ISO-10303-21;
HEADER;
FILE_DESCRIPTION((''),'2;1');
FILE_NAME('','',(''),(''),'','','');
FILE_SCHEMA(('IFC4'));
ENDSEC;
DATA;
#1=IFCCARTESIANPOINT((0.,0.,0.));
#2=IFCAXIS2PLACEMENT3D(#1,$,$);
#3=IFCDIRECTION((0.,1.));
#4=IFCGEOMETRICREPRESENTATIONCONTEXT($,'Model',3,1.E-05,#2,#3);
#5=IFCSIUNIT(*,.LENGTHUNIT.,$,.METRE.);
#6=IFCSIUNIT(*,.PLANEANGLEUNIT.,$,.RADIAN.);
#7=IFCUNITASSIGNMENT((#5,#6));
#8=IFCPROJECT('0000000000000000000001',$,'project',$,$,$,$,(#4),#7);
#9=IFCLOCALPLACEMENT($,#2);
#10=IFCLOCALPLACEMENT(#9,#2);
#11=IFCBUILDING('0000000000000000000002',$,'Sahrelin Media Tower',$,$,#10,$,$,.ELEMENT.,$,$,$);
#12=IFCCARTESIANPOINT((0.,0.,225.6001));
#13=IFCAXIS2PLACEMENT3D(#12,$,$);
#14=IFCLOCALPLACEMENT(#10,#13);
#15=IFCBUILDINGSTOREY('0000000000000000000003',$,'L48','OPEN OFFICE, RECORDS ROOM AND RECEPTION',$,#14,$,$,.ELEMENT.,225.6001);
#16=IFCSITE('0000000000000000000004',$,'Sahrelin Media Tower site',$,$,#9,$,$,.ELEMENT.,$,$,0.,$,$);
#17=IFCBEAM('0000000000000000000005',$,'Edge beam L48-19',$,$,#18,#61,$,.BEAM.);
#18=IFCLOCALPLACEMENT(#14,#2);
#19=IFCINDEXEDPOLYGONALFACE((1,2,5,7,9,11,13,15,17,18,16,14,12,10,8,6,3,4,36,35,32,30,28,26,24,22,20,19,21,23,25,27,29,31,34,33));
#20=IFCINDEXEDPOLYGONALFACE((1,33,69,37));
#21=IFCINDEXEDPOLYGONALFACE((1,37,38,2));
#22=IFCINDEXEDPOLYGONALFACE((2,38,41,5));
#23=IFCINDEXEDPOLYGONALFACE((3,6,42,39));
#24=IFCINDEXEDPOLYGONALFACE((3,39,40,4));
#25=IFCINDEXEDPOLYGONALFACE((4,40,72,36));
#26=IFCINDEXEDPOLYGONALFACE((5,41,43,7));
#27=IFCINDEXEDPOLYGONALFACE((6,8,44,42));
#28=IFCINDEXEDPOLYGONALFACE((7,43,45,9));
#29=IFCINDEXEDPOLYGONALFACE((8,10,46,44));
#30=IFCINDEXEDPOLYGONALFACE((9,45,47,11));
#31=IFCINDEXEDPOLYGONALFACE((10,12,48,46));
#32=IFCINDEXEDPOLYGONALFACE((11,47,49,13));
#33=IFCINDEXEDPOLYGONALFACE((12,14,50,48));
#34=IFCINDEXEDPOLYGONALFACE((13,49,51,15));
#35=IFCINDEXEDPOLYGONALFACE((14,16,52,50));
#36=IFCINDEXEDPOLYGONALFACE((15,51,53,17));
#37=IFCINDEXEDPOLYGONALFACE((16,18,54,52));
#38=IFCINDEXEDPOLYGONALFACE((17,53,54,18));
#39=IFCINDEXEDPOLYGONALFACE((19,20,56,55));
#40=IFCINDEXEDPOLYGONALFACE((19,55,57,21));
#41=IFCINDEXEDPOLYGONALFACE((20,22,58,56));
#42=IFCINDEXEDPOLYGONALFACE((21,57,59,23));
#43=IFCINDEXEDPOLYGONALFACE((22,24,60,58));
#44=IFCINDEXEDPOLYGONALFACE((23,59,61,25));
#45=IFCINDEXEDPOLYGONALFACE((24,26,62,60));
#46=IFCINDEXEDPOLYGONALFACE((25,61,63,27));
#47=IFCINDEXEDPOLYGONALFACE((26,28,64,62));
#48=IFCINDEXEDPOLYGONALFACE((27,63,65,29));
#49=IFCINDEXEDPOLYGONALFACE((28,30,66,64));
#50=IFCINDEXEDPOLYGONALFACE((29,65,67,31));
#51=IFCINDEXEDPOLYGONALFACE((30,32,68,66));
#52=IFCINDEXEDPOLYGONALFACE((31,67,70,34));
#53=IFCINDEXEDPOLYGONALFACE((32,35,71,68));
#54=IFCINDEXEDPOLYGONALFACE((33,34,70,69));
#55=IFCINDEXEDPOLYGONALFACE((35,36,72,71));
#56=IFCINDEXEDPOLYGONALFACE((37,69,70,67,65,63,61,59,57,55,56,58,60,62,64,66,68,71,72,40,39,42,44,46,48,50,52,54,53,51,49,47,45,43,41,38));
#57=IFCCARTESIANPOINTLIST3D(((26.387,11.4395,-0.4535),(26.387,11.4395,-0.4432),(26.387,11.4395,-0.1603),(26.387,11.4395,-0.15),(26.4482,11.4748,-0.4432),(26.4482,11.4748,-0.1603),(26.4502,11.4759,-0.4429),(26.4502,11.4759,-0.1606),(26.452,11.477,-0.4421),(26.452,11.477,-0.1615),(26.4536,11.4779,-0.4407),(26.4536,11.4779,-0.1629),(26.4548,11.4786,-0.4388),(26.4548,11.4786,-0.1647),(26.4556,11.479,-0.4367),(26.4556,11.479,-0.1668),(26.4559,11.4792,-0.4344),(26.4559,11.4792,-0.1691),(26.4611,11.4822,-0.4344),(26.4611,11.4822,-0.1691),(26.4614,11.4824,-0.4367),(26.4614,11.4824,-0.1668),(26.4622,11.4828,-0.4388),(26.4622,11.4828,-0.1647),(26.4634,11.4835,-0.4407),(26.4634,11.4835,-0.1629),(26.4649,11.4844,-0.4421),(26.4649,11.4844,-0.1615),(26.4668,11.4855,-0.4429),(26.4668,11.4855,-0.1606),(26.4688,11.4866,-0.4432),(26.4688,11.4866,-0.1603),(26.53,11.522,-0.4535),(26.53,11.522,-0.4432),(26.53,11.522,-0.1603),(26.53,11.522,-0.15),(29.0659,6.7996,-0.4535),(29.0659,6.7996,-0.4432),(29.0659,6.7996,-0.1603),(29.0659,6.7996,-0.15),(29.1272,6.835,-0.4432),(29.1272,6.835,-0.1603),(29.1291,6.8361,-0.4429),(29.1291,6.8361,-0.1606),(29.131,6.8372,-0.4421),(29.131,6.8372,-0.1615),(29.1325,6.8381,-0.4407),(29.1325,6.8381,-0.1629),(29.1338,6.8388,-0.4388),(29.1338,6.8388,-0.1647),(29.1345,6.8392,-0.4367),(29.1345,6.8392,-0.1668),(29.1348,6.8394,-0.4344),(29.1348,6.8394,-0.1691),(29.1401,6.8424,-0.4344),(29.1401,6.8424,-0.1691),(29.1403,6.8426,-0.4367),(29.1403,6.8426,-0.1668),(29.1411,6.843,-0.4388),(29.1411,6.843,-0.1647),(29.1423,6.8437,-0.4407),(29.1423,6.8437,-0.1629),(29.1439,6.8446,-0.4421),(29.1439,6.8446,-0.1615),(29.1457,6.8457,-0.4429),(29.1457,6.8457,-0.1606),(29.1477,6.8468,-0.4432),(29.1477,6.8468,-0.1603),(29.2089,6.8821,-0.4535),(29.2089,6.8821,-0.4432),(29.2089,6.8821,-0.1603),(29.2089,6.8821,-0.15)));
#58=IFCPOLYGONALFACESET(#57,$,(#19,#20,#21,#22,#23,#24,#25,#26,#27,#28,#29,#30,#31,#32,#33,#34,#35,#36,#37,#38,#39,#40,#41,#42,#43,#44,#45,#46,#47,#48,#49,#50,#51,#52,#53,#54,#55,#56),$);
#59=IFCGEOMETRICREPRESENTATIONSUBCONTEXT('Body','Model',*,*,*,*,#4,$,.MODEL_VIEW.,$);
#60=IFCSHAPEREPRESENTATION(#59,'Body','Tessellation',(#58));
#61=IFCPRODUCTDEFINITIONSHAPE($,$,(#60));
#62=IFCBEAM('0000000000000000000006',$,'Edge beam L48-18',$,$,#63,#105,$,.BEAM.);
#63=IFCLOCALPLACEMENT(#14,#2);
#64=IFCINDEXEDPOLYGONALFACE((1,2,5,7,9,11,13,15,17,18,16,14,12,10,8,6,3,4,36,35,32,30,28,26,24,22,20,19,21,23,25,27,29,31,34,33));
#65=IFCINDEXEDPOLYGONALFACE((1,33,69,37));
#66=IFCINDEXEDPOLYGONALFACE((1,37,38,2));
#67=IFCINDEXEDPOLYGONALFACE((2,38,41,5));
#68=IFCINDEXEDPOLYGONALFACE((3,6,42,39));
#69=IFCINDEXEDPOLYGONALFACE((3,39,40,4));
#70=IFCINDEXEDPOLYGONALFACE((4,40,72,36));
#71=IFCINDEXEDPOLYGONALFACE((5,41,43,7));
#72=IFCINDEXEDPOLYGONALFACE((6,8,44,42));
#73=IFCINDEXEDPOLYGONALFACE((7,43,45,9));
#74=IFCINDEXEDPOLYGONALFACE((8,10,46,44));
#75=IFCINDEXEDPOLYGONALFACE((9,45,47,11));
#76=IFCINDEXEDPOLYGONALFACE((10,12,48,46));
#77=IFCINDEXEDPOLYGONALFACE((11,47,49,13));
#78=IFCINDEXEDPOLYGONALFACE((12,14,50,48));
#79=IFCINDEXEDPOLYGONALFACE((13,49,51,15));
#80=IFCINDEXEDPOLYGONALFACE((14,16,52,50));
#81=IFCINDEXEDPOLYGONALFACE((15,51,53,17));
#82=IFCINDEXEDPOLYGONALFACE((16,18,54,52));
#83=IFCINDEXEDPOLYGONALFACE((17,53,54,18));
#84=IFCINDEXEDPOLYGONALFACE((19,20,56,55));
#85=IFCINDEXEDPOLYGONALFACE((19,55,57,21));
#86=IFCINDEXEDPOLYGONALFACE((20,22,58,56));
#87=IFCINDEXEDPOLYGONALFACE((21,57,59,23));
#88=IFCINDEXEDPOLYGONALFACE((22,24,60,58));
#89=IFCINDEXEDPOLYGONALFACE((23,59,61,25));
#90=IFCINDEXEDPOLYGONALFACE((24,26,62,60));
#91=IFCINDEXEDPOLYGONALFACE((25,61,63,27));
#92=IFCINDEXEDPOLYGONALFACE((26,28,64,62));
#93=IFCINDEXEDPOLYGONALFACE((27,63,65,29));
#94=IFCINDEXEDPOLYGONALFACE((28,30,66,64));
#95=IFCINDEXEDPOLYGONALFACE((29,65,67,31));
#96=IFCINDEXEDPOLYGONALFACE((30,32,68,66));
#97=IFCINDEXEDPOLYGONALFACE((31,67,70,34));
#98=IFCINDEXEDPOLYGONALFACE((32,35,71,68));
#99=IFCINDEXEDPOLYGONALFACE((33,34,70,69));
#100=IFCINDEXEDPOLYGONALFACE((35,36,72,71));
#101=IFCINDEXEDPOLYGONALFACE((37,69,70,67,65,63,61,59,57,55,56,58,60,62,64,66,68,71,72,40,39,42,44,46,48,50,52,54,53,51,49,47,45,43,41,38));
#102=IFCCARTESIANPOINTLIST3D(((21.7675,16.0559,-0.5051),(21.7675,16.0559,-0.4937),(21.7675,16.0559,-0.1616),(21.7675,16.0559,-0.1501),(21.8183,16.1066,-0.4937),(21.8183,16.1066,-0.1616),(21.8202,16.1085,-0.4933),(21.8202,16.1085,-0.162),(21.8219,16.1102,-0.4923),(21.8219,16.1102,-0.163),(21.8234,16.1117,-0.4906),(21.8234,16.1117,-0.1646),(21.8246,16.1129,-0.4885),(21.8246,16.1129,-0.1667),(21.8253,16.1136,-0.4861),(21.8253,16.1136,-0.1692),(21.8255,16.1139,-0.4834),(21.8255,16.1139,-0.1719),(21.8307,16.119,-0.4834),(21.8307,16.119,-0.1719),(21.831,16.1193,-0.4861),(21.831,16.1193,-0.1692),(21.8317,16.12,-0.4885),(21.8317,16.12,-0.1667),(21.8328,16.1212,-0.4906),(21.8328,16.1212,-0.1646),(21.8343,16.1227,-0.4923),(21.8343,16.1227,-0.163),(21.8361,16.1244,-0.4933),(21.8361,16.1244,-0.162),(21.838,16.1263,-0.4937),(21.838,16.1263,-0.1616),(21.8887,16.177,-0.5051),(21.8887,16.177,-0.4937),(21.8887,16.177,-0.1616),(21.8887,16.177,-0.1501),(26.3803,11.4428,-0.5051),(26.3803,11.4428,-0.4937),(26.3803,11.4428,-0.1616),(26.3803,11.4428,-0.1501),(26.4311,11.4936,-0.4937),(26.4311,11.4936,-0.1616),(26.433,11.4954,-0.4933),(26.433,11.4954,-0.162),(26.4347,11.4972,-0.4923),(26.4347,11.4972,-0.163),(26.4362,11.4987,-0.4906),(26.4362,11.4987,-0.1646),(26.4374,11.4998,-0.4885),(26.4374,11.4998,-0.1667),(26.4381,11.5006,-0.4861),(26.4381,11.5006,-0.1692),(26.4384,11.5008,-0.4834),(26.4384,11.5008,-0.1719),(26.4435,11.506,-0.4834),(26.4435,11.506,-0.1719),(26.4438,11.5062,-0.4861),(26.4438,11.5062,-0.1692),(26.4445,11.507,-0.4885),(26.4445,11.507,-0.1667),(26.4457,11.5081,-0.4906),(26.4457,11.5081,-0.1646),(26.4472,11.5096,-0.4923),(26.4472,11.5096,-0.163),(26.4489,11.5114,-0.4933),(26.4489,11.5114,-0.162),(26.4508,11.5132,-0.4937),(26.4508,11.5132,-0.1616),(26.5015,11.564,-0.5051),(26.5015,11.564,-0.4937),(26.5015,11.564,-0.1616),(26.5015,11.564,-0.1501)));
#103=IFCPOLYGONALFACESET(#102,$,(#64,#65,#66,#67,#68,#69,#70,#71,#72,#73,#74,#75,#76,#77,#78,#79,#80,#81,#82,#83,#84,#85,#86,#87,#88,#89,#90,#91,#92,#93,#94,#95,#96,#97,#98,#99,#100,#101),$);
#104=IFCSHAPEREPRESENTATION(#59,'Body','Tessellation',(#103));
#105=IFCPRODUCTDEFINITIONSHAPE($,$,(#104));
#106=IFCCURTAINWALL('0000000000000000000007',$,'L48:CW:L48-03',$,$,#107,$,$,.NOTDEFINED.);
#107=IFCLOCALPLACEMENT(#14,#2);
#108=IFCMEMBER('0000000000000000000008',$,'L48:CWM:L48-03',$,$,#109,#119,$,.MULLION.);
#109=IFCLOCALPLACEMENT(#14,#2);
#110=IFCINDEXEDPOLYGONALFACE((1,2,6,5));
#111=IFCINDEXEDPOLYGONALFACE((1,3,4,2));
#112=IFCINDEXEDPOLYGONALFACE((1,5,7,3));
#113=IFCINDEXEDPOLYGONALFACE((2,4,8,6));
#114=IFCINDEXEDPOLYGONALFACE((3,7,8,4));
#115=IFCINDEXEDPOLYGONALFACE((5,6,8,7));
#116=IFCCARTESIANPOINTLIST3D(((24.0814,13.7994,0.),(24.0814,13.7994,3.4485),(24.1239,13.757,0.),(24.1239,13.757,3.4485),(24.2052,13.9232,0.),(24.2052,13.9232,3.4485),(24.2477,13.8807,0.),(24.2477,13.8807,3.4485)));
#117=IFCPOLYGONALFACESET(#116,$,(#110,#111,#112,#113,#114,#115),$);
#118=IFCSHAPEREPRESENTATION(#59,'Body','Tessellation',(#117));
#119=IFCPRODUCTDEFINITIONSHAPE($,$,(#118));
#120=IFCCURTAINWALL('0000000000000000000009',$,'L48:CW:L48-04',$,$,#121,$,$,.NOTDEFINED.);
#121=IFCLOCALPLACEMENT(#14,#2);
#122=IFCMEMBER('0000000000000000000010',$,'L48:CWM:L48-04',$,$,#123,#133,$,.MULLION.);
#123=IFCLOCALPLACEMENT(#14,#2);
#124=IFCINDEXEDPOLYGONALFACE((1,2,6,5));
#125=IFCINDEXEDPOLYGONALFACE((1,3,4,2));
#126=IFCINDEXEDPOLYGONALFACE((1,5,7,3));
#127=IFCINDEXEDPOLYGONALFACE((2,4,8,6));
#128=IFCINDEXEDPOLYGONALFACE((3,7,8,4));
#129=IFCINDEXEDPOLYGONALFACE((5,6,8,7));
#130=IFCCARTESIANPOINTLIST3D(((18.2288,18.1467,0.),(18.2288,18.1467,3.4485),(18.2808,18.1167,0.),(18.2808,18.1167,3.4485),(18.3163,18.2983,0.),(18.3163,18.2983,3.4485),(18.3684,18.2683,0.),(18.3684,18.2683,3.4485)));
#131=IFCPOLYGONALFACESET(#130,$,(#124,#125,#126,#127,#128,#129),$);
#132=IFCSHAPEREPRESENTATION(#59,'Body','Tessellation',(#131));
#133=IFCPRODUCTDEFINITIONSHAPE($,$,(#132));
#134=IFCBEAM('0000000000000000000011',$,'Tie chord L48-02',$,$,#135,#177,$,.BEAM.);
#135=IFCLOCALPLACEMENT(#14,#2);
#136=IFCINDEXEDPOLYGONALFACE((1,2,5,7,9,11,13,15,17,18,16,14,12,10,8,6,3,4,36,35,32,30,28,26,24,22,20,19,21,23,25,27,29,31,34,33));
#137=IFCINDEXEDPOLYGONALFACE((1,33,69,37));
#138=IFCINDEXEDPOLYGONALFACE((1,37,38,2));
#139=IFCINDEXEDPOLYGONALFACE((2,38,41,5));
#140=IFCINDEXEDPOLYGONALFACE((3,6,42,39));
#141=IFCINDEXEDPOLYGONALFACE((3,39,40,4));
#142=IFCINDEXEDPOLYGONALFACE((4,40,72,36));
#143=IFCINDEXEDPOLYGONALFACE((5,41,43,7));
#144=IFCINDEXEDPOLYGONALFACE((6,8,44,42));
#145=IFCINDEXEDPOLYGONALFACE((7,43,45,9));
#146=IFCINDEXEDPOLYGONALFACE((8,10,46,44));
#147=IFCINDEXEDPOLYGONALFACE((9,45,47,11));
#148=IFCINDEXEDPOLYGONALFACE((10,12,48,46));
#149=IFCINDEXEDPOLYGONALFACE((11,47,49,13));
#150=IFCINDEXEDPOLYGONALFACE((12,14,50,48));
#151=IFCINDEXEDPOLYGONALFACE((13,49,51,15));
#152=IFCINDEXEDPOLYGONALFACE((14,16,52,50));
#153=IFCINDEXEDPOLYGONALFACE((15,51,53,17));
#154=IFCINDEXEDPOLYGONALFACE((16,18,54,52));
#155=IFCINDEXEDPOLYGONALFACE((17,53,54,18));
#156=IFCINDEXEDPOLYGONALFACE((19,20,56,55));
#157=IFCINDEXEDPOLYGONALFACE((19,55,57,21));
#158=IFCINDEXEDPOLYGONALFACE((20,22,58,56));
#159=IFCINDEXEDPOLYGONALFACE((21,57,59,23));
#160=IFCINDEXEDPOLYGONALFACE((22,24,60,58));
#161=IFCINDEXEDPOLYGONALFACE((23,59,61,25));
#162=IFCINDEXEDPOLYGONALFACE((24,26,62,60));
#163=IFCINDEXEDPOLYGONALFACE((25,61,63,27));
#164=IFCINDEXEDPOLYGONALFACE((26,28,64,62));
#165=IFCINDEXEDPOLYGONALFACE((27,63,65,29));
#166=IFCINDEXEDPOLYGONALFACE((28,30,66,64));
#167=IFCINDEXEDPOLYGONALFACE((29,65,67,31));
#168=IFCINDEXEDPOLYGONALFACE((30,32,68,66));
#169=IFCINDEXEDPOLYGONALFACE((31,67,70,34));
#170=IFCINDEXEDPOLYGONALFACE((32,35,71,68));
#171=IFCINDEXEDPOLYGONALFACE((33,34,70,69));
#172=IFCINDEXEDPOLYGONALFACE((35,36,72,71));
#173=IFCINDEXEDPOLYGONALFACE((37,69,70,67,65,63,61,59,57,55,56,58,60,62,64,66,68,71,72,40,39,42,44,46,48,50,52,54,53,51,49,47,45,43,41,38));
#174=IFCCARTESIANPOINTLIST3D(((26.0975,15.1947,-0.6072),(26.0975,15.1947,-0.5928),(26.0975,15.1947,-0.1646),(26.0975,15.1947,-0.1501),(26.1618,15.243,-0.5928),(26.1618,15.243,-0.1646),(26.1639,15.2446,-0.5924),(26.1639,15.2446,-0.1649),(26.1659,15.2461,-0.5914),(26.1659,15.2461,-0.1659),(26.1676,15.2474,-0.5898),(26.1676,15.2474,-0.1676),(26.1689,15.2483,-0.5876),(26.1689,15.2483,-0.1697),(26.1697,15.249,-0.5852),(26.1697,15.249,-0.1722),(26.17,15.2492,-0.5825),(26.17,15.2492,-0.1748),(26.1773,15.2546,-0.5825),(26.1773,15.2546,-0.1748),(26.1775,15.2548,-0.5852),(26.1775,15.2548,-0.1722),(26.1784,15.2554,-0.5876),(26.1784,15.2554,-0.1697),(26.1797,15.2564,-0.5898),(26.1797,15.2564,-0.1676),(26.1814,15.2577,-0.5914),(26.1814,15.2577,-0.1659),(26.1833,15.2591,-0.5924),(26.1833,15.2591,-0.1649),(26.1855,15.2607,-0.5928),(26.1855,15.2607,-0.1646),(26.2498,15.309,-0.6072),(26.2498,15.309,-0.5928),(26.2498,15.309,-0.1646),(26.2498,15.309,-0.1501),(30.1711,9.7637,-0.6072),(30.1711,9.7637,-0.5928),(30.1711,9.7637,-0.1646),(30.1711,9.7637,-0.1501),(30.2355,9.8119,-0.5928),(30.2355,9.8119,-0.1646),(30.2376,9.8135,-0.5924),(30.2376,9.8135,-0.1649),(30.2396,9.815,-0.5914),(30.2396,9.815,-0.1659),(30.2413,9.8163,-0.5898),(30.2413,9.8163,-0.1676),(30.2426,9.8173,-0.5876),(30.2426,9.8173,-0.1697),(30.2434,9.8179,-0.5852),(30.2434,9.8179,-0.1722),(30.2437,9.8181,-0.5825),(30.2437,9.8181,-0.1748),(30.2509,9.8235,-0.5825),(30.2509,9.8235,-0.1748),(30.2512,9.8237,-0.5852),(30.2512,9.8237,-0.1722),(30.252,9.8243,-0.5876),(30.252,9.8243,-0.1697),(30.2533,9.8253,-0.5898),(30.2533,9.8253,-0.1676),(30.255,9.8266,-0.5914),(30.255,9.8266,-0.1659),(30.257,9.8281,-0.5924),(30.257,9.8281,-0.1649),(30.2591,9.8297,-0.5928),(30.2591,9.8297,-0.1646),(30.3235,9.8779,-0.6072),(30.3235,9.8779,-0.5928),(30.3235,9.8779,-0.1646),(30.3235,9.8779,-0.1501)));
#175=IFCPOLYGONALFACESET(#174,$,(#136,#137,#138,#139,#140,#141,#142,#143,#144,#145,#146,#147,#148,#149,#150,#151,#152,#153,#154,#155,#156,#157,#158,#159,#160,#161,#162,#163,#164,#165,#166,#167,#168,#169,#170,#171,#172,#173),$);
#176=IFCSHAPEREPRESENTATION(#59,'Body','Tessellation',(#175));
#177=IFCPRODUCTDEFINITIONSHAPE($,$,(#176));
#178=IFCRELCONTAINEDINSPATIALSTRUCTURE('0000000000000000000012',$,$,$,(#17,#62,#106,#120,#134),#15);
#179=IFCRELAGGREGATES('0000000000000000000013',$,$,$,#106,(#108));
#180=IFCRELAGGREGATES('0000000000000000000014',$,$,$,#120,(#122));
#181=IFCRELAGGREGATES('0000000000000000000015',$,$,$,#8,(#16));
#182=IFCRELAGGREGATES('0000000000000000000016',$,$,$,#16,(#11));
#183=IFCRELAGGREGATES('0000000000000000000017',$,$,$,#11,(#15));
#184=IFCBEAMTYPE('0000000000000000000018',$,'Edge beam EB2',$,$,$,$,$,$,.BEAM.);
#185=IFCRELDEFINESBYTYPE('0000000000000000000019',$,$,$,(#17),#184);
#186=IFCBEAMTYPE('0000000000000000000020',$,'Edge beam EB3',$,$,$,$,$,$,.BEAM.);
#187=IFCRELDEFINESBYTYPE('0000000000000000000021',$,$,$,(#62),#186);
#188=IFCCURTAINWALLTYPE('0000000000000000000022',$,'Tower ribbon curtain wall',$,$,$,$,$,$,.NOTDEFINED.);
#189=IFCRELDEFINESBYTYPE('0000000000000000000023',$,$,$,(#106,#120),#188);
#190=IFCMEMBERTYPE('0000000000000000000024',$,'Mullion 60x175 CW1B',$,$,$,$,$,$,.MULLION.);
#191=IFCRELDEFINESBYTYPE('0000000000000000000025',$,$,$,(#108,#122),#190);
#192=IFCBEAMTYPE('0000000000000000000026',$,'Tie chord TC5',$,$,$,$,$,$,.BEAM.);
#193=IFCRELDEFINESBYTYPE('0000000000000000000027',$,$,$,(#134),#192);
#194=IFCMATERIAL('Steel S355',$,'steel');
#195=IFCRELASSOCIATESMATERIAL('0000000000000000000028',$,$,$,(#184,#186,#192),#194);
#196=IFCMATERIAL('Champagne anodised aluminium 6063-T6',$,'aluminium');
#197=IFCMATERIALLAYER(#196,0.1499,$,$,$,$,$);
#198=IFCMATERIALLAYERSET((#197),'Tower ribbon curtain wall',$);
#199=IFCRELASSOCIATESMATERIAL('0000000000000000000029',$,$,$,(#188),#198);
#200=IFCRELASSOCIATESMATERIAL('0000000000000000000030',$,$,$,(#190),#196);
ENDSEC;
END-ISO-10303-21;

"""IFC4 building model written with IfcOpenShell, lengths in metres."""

from ifc_helpers import new_model, si_unit, direction, frame, origin, origin_2d, place, context, subcontext, project, spatial, rectangle, i_section, extrude, material, layer, layer_set, material_profile, profile_set, type_object, element, aggregate, save


model = new_model("IFC4")

# Units and contexts
model_context = context("Model", 3, precision=1e-05, world=origin(), true_north=direction((0.0, 1.0)))
body_context = subcontext(model_context, "Body", "Model", "MODEL_VIEW")
ifc_project = project(units=[si_unit("LENGTHUNIT", "METRE"), si_unit("PLANEANGLEUNIT", "RADIAN")], contexts=[model_context])

# Site, building, storey
site_placement = place(None, origin())
site = spatial("IfcSite", under=ifc_project, at=site_placement, Name="Sahrelin Media Tower site", CompositionType="ELEMENT", RefElevation=0.0)
building_placement = place(site_placement, origin())
building = spatial("IfcBuilding", under=site, at=building_placement, Name="Sahrelin Media Tower", CompositionType="ELEMENT")
storey_placement = place(building_placement, frame((0.0, 0.0, 225.6001)))
storey = spatial("IfcBuildingStorey", under=building, at=storey_placement, Name="L48", Description="OPEN OFFICE, RECORDS ROOM AND RECEPTION", CompositionType="ELEMENT", Elevation=225.6001)

# Beams
ifc_material_1 = material(Name="Steel S355", Category="steel")
ifc_material_profile_1 = material_profile(ifc_material_1, i_section(OverallWidth=0.165, OverallDepth=0.3035, WebThickness=0.0061, FlangeThickness=0.0103, FilletRadius=0.0088, at=origin_2d()), Name="UB 305x165x40")
ifc_profile_set_1 = profile_set([ifc_material_profile_1], Name="Steel S355")
beam_type_1 = type_object("IfcBeamType", Name="Edge beam EB2", PredefinedType="BEAM", material=ifc_profile_set_1)
beam_1_placement = place(storey_placement, frame((26.4585, 11.4807, -0.3018), z_axis=(0.500016, -0.866016, 0.0), x_axis=(0.866016, 0.500016, 0.0)))
element("IfcBeam", 1, at=beam_1_placement, inside=storey, type_object=beam_type_1, Name="Edge beam L48-19", PredefinedType="BEAM", context=body_context, shape_type="SweptSolid", body=[
    extrude(i_section(OverallWidth=0.165, OverallDepth=0.3035, WebThickness=0.0061, FlangeThickness=0.0103, FilletRadius=0.0088, at=origin_2d()), origin(), (0.0, 0.0, 1.0), 5.3577),
])
ifc_material_profile_2 = material_profile(ifc_material_1, i_section(OverallWidth=0.1714, OverallDepth=0.355, WebThickness=0.0073, FlangeThickness=0.0115, FilletRadius=0.0103, at=origin_2d()), Name="UB 356x171x51")
ifc_profile_set_2 = profile_set([ifc_material_profile_2], Name="Steel S355")
beam_type_2 = type_object("IfcBeamType", Name="Edge beam EB3", PredefinedType="BEAM", material=ifc_profile_set_2)
beam_2_placement = place(storey_placement, frame((21.8281, 16.1165, -0.3276), z_axis=(0.707088, -0.707125, 0.0), x_axis=(0.707125, 0.707088, 0.0)))
element("IfcBeam", 2, at=beam_2_placement, inside=storey, type_object=beam_type_2, Name="Edge beam L48-18", PredefinedType="BEAM", context=body_context, shape_type="SweptSolid", body=[
    extrude(i_section(OverallWidth=0.1714, OverallDepth=0.355, WebThickness=0.0073, FlangeThickness=0.0115, FilletRadius=0.0103, at=origin_2d()), origin(), (0.0, 0.0, 1.0), 6.5237),
])

# Curtain walls, members
ifc_material_2 = material(Name="Champagne anodised aluminium 6063-T6", Category="aluminium")
ifc_layer_1 = layer(ifc_material_2, 0.1499)
ifc_layer_set_1 = layer_set([ifc_layer_1], Name="Tower ribbon curtain wall")
curtain_wall_type = type_object("IfcCurtainWallType", Name="Tower ribbon curtain wall", PredefinedType="NOTDEFINED", material=ifc_layer_set_1)
curtain_wall_1_placement = place(storey_placement, frame((24.2405, 13.916, 0.0), z_axis=(0.0, 0.0, 1.0), x_axis=(1.0, 0.0, 0.0)))
curtain_wall_1 = element("IfcCurtainWall", 3, at=curtain_wall_1_placement, inside=storey, type_object=curtain_wall_type, Name="L48:CW:L48-03", PredefinedType="NOTDEFINED")
ifc_material_profile_3 = material_profile(ifc_material_2, rectangle(XDim=0.0601, YDim=0.175, at=origin_2d()), Name="Mullion 60x175")
ifc_profile_set_3 = profile_set([ifc_material_profile_3], Name="Champagne anodised aluminium 6063-T6")
member_type_1 = type_object("IfcMemberType", Name="Mullion 60x175 CW1B", PredefinedType="MULLION", material=ifc_profile_set_3)
member_1_placement = place(storey_placement, frame((24.1646, 13.8401, 0.0), z_axis=(0.0, 0.0, 1.0), x_axis=(-0.707107, 0.707107, 0.0)))
member_1 = element("IfcMember", 4, at=member_1_placement, type_object=member_type_1, Name="L48:CWM:L48-03", PredefinedType="MULLION", context=body_context, shape_type="SweptSolid", body=[
    extrude(rectangle(XDim=0.0601, YDim=0.175, at=origin_2d()), origin(), (0.0, 0.0, 1.0), 3.4485),
])
curtain_wall_2_placement = place(storey_placement, frame((18.3523, 18.3008, 0.0), z_axis=(0.0, 0.0, 1.0), x_axis=(1.0, 0.0, 0.0)))
curtain_wall_2 = element("IfcCurtainWall", 5, at=curtain_wall_2_placement, inside=storey, type_object=curtain_wall_type, Name="L48:CW:L48-04", PredefinedType="NOTDEFINED")
member_2_placement = place(storey_placement, frame((18.2986, 18.2075, 0.0), z_axis=(0.0, 0.0, 1.0), x_axis=(-0.866026, 0.499998, 0.0)))
member_2 = element("IfcMember", 6, at=member_2_placement, type_object=member_type_1, Name="L48:CWM:L48-04", PredefinedType="MULLION", context=body_context, shape_type="SweptSolid", body=[
    extrude(rectangle(XDim=0.0601, YDim=0.175, at=origin_2d()), origin(), (0.0, 0.0, 1.0), 3.4485),
])

# Beam
ifc_material_profile_4 = material_profile(ifc_material_1, i_section(OverallWidth=0.1904, OverallDepth=0.457, WebThickness=0.009, FlangeThickness=0.0144, FilletRadius=0.0103, at=origin_2d()), Name="UB 457x191x74")
ifc_profile_set_4 = profile_set([ifc_material_profile_4], Name="Steel S355")
beam_type_3 = type_object("IfcBeamType", Name="Tie chord TC5", PredefinedType="BEAM", material=ifc_profile_set_4)
beam_3_placement = place(storey_placement, frame((30.2473, 9.8208, -0.3787), z_axis=(-0.600035, 0.799974, 0.0), x_axis=(-0.799974, -0.600035, 0.0)))
element("IfcBeam", 7, at=beam_3_placement, inside=storey, type_object=beam_type_3, Name="Tie chord L48-02", PredefinedType="BEAM", context=body_context, shape_type="SweptSolid", body=[
    extrude(i_section(OverallWidth=0.1904, OverallDepth=0.457, WebThickness=0.009, FlangeThickness=0.0144, FilletRadius=0.0103, at=origin_2d()), origin(), (0.0, 0.0, 1.0), 6.7891),
])

aggregate(curtain_wall_1, [member_1])
aggregate(curtain_wall_2, [member_2])

save(model, "model.ifc")
